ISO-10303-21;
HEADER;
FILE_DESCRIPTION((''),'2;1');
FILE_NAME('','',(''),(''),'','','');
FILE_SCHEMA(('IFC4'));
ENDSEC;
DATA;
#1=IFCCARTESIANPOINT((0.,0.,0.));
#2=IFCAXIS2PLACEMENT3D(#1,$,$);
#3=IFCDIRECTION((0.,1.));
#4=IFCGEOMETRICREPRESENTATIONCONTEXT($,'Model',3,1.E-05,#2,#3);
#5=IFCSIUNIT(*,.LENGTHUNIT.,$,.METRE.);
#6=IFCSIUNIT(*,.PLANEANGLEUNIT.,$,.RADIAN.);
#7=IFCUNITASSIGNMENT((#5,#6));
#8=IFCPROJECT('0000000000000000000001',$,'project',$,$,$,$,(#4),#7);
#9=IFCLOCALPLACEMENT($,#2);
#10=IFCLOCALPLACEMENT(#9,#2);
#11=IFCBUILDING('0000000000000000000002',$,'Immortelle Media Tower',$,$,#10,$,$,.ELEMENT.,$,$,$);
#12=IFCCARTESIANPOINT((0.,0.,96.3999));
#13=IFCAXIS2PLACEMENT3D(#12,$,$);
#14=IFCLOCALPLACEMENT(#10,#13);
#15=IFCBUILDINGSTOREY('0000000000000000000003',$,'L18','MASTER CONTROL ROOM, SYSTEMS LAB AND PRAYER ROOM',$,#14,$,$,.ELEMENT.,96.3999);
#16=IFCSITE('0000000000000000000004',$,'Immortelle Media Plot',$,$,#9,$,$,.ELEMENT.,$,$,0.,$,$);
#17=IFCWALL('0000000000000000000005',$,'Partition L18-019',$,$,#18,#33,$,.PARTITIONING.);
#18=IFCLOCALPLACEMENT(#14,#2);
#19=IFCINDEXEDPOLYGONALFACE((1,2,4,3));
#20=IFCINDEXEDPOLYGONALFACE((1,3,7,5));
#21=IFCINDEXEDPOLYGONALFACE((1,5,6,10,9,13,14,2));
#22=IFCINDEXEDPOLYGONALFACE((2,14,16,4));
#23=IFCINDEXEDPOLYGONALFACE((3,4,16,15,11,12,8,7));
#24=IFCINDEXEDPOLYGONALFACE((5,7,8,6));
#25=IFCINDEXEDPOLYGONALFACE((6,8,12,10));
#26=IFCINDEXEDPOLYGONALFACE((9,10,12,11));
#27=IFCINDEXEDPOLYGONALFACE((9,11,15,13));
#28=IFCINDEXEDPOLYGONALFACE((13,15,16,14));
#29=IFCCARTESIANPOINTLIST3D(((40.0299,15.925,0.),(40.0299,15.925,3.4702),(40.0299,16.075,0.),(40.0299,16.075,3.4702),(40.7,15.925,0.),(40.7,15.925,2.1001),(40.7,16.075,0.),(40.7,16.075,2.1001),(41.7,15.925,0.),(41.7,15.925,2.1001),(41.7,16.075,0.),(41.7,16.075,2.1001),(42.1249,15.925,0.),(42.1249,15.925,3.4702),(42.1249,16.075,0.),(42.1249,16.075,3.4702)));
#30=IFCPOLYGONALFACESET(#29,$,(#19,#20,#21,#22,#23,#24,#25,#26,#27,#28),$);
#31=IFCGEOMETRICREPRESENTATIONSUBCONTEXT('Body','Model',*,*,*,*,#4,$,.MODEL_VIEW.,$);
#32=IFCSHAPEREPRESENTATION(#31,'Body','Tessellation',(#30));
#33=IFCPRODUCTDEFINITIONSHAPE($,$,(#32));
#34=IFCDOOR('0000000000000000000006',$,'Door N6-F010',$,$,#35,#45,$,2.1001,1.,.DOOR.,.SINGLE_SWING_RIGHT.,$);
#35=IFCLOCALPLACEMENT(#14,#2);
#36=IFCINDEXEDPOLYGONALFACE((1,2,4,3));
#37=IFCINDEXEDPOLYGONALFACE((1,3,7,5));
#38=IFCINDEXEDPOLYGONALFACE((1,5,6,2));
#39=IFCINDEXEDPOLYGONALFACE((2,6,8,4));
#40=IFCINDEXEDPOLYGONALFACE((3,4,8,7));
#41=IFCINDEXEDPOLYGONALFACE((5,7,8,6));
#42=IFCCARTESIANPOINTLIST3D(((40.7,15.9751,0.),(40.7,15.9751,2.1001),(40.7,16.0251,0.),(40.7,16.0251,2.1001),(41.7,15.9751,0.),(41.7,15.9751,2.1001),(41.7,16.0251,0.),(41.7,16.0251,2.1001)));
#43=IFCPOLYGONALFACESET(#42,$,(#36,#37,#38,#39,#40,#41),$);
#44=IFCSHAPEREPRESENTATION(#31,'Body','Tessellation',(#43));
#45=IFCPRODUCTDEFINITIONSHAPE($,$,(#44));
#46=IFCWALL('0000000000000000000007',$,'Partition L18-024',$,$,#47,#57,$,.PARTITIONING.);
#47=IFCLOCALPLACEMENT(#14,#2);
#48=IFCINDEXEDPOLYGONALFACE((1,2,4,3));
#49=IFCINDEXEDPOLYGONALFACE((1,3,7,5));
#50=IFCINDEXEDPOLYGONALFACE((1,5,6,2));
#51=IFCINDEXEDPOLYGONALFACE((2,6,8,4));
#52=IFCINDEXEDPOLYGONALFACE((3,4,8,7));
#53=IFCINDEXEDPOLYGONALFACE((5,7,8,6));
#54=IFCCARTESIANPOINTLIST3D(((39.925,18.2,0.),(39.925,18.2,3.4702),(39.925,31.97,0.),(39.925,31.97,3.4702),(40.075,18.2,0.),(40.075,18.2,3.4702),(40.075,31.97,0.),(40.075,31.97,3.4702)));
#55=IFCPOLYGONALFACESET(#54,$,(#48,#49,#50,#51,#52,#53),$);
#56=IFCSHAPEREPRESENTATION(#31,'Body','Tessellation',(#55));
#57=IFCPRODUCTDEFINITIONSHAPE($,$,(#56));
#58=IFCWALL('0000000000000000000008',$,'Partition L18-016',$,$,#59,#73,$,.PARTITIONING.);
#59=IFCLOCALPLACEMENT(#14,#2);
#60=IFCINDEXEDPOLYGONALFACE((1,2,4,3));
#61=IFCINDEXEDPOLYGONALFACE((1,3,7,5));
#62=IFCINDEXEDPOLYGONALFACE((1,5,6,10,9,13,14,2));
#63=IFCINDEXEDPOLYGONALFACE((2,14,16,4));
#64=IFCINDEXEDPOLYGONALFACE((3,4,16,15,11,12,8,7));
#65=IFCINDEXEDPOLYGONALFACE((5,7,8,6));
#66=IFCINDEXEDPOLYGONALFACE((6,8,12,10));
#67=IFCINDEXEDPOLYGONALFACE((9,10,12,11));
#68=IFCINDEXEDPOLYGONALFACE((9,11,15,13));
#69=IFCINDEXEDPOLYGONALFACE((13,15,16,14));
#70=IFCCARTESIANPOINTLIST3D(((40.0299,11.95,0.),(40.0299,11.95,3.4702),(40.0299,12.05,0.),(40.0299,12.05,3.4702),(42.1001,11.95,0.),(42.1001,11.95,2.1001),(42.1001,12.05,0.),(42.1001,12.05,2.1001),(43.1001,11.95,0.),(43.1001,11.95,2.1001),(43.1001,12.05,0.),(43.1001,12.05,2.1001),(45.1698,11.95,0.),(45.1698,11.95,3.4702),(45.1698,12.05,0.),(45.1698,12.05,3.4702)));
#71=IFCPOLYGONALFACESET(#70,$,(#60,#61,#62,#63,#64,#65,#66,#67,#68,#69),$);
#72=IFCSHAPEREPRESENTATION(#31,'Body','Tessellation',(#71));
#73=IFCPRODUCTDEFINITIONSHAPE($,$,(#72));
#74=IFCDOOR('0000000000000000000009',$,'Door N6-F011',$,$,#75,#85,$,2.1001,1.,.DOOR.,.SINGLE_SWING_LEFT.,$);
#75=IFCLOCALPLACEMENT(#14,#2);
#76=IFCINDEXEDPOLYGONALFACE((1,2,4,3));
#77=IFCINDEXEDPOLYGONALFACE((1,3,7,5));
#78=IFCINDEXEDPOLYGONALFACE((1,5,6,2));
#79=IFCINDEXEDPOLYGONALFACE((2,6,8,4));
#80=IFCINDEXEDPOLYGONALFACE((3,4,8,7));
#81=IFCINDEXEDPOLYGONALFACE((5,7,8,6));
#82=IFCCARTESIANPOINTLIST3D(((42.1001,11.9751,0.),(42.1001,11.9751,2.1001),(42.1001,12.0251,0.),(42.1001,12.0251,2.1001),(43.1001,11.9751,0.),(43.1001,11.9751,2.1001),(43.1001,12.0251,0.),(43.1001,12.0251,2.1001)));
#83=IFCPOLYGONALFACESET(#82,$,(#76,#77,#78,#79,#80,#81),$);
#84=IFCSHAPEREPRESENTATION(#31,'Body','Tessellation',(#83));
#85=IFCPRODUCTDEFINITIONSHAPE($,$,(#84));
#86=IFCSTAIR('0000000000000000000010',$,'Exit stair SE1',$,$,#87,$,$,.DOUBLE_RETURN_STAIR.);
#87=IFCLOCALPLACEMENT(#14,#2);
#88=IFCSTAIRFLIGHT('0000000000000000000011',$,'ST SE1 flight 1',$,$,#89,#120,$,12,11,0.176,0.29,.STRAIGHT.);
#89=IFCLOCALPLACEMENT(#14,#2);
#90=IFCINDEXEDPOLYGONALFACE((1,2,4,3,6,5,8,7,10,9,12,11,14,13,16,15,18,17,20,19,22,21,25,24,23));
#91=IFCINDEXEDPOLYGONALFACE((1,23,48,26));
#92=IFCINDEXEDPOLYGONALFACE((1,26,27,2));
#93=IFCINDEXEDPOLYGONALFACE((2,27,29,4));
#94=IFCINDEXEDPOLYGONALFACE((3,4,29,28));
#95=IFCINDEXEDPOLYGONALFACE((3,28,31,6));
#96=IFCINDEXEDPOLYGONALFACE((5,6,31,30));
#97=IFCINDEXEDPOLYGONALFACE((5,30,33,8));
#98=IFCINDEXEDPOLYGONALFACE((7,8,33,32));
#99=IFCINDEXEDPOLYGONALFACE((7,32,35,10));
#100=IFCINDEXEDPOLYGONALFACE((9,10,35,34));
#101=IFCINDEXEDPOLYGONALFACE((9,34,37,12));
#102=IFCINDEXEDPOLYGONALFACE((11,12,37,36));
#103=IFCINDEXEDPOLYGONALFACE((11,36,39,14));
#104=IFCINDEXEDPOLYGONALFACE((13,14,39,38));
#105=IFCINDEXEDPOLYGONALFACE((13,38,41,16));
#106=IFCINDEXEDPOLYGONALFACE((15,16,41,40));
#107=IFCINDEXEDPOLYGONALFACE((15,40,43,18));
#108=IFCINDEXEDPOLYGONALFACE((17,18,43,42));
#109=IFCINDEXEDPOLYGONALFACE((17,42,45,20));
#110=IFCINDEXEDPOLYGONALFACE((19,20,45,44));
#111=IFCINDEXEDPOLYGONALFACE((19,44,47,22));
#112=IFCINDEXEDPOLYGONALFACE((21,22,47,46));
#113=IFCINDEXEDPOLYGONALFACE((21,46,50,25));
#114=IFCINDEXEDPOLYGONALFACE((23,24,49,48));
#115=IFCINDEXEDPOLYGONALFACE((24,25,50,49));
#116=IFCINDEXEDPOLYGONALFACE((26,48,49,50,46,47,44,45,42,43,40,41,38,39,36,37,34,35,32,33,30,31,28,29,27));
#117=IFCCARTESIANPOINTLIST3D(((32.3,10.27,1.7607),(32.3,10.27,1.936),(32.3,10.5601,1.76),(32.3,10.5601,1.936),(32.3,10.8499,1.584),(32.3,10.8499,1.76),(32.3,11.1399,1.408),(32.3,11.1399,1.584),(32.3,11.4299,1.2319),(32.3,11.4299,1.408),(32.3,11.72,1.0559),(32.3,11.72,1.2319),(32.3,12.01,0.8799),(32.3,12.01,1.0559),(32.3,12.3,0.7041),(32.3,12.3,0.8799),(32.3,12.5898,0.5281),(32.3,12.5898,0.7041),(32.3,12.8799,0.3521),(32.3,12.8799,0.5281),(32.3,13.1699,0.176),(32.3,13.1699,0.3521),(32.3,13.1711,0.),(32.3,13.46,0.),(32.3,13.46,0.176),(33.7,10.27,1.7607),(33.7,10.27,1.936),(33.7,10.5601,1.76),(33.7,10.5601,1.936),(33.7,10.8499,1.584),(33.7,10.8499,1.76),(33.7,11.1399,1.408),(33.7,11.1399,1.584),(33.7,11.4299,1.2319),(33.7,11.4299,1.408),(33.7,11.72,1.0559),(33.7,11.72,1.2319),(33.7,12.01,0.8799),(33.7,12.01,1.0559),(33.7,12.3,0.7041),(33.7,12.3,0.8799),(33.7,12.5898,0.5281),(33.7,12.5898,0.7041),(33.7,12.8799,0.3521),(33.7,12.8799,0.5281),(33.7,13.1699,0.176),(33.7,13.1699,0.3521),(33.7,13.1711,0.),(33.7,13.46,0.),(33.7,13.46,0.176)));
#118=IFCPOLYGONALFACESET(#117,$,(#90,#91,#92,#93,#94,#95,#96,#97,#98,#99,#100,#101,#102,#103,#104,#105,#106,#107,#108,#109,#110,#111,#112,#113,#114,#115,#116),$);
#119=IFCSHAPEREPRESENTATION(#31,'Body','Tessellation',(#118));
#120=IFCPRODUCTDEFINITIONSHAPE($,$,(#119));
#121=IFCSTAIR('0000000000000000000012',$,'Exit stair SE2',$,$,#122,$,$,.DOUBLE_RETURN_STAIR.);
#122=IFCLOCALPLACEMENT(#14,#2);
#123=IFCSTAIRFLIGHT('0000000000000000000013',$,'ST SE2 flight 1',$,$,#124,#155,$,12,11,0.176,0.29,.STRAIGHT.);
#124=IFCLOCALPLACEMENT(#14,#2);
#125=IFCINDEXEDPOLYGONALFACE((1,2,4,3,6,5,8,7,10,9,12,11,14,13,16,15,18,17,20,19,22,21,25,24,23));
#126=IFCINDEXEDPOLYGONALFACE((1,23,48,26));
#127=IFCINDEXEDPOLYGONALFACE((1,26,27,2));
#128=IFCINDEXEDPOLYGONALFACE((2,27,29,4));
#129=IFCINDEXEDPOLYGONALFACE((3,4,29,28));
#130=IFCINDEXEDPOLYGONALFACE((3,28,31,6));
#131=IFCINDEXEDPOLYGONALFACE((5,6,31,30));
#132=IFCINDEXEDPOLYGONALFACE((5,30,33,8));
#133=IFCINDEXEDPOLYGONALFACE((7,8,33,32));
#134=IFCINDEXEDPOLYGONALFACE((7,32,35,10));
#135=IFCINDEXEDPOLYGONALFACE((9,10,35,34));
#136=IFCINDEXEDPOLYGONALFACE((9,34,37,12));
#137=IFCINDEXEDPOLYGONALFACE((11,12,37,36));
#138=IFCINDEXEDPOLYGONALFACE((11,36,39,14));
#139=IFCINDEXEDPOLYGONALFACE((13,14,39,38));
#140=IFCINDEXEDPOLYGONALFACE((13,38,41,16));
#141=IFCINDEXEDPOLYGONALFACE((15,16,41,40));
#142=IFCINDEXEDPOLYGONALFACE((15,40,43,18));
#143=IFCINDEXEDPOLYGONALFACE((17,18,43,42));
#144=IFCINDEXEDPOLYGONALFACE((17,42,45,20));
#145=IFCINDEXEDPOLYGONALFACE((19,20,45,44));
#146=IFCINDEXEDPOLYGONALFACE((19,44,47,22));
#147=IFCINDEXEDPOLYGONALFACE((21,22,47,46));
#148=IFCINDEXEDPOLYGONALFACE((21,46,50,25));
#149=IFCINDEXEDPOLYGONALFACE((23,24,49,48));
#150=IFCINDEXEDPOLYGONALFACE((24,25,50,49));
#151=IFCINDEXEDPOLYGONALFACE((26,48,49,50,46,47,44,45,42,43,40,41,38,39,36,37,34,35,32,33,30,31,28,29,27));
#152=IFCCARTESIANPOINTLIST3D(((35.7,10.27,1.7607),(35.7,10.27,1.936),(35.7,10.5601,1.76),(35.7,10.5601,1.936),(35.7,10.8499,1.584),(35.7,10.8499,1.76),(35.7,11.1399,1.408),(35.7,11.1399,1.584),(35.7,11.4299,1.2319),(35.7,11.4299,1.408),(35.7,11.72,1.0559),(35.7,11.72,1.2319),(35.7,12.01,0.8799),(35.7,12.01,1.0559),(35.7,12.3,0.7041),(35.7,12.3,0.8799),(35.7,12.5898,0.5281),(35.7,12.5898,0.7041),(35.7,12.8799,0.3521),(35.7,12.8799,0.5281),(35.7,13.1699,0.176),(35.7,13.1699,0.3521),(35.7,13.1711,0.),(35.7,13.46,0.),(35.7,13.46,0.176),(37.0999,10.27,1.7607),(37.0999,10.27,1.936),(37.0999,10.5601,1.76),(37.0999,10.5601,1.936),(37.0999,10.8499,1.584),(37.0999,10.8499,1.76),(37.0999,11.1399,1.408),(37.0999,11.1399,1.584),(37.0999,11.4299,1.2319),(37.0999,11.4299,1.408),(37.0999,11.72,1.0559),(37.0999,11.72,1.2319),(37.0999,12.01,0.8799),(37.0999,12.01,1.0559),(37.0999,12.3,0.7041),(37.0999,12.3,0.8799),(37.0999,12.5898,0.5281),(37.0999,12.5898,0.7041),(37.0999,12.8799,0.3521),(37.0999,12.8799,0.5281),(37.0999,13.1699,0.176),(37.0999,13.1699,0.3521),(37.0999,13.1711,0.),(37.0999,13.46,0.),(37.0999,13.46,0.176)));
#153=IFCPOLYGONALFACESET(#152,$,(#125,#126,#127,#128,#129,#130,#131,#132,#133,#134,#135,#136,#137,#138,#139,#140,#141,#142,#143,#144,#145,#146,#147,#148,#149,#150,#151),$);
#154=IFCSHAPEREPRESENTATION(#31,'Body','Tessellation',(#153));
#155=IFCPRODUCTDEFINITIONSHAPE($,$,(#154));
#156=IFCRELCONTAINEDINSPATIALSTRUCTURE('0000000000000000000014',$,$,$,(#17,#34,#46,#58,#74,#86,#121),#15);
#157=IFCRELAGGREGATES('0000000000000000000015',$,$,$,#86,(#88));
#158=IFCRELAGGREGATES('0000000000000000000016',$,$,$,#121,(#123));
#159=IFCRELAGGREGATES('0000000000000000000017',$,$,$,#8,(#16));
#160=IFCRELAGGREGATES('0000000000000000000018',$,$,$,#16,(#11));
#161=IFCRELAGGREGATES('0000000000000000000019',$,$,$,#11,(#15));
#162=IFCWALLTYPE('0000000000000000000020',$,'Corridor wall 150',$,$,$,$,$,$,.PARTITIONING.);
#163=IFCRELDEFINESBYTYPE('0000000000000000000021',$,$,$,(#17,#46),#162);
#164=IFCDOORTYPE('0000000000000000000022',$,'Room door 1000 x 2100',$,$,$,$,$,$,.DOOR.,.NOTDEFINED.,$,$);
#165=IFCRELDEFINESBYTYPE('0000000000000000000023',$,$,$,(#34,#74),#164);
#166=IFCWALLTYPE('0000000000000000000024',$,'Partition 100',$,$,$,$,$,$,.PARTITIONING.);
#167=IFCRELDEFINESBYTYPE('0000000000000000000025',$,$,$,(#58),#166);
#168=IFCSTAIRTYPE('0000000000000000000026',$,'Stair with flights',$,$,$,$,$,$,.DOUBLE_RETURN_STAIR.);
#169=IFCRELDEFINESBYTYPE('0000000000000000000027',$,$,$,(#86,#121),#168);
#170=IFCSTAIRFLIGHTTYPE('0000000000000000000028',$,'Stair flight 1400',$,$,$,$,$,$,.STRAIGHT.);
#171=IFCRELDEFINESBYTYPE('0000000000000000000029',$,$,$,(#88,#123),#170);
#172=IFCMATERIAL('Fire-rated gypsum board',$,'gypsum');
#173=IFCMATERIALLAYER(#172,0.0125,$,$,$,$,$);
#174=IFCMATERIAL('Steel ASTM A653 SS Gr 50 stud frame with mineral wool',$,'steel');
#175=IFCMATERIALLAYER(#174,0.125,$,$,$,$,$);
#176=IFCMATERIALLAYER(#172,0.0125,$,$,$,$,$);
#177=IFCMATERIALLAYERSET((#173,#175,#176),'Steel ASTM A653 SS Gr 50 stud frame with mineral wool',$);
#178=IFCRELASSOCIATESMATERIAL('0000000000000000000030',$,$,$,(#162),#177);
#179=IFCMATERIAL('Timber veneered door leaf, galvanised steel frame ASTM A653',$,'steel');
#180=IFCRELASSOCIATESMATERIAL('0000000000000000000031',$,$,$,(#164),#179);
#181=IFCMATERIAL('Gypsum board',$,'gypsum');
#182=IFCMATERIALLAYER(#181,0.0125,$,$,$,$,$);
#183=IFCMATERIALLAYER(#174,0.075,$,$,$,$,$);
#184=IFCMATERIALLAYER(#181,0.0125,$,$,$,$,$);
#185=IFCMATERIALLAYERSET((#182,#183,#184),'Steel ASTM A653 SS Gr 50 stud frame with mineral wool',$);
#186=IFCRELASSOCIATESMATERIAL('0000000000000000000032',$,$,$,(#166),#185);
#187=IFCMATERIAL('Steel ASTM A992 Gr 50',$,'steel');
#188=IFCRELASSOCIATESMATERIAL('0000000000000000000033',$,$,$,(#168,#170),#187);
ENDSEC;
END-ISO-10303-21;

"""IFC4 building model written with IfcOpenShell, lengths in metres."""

from ifc_helpers import new_model, si_unit, direction, frame, frame_2d, origin, place, context, subcontext, project, spatial, polyline, rectangle, outline, extrude, material, layer, layer_set, type_object, element, fill, aggregate, save


model = new_model("IFC4")

# Units and contexts
model_context = context("Model", 3, precision=1e-05, world=origin(), true_north=direction((0.0, 1.0)))
body_context = subcontext(model_context, "Body", "Model", "MODEL_VIEW")
ifc_project = project(units=[si_unit("LENGTHUNIT", "METRE"), si_unit("PLANEANGLEUNIT", "RADIAN")], contexts=[model_context])

# Site, building, storey
site_placement = place(None, origin())
site = spatial("IfcSite", under=ifc_project, at=site_placement, Name="Immortelle Media Plot", CompositionType="ELEMENT", RefElevation=0.0)
building_placement = place(site_placement, origin())
building = spatial("IfcBuilding", under=site, at=building_placement, Name="Immortelle Media Tower", CompositionType="ELEMENT")
storey_placement = place(building_placement, frame((0.0, 0.0, 96.3999)))
storey = spatial("IfcBuildingStorey", under=building, at=storey_placement, Name="L18", Description="MASTER CONTROL ROOM, SYSTEMS LAB AND PRAYER ROOM", CompositionType="ELEMENT", Elevation=96.3999)

# Shared definitions
ifc_material_1 = material(Name="Steel ASTM A992 Gr 50", Category="steel")

# Wall, opening, door
ifc_material_2 = material(Name="Fire-rated gypsum board", Category="gypsum")
ifc_layer_1 = layer(ifc_material_2, 0.0125)
ifc_material_3 = material(Name="Steel ASTM A653 SS Gr 50 stud frame with mineral wool", Category="steel")
ifc_layer_2 = layer(ifc_material_3, 0.125)
ifc_layer_3 = layer(ifc_material_2, 0.0125)
ifc_layer_set_1 = layer_set([ifc_layer_1, ifc_layer_2, ifc_layer_3], Name="Steel ASTM A653 SS Gr 50 stud frame with mineral wool")
wall_type_1 = type_object("IfcWallType", Name="Corridor wall 150", PredefinedType="PARTITIONING", material=ifc_layer_set_1)
wall_1_placement = place(storey_placement, frame((40.03, 16.0, 0.0), z_axis=(0.0, 0.0, 1.0), x_axis=(1.0, 0.0, 0.0)))
wall_1 = element("IfcWall", 1, at=wall_1_placement, inside=storey, type_object=wall_type_1, Name="Partition L18-019", PredefinedType="PARTITIONING", context=body_context, shape_type="SweptSolid", body=[
    extrude(rectangle(XDim=2.095, YDim=0.1499, at=frame_2d((1.0474, 0.0))), origin(), (0.0, 0.0, 1.0), 3.4702),
])
opening_1_placement = place(wall_1_placement, frame((1.6699, 0.0, 0.0), z_axis=(0.0, 0.0, 1.0), x_axis=(-1.0, 0.0, 0.0)))
opening_1 = element("IfcOpeningElement", 2, at=opening_1_placement, cuts=wall_1, PredefinedType="OPENING", context=body_context, shape_type="SweptSolid", body=[
    extrude(rectangle(XDim=1.0, YDim=2.1001, at=frame_2d((0.5, 1.05))), frame((0.0, 0.085, 0.0), z_axis=(0.0, -1.0, 0.0), x_axis=(1.0, 0.0, 0.0)), (0.0, 0.0, 1.0), 0.1699),
])
ifc_material_4 = material(Name="Timber veneered door leaf, galvanised steel frame ASTM A653", Category="steel")
door_type = type_object("IfcDoorType", Name="Room door 1000 x 2100", OperationType="NOTDEFINED", PredefinedType="DOOR", material=ifc_material_4)
door_1_placement = place(opening_1_placement, origin())
door_1 = element("IfcDoor", 3, at=door_1_placement, inside=storey, type_object=door_type, Name="Door N6-F010", OperationType="SINGLE_SWING_RIGHT", OverallHeight=2.1001, OverallWidth=1.0, PredefinedType="DOOR", context=body_context, shape_type="SweptSolid", body=[
    extrude(rectangle(XDim=1.0, YDim=2.1001, at=frame_2d((0.5, 1.05))), frame((0.0, 0.0249, 0.0), z_axis=(0.0, -1.0, 0.0), x_axis=(1.0, 0.0, 0.0)), (0.0, 0.0, 1.0), 0.05),
])
fill(opening_1, door_1)

# Wall
wall_2_placement = place(storey_placement, frame((40.0, 18.2, 0.0), z_axis=(0.0, 0.0, 1.0), x_axis=(0.0, 1.0, 0.0)))
element("IfcWall", 4, at=wall_2_placement, inside=storey, type_object=wall_type_1, Name="Partition L18-024", PredefinedType="PARTITIONING", context=body_context, shape_type="SweptSolid", body=[
    extrude(rectangle(XDim=13.77, YDim=0.1499, at=frame_2d((6.885, 0.0))), origin(), (0.0, 0.0, 1.0), 3.4702),
])

# Wall, opening, door
ifc_material_5 = material(Name="Gypsum board", Category="gypsum")
ifc_layer_4 = layer(ifc_material_5, 0.0125)
ifc_layer_5 = layer(ifc_material_3, 0.075)
ifc_layer_6 = layer(ifc_material_5, 0.0125)
ifc_layer_set_2 = layer_set([ifc_layer_4, ifc_layer_5, ifc_layer_6], Name="Steel ASTM A653 SS Gr 50 stud frame with mineral wool")
wall_type_2 = type_object("IfcWallType", Name="Partition 100", PredefinedType="PARTITIONING", material=ifc_layer_set_2)
wall_3_placement = place(storey_placement, frame((40.03, 12.0, 0.0), z_axis=(0.0, 0.0, 1.0), x_axis=(1.0, 0.0, 0.0)))
wall_3 = element("IfcWall", 5, at=wall_3_placement, inside=storey, type_object=wall_type_2, Name="Partition L18-016", PredefinedType="PARTITIONING", context=body_context, shape_type="SweptSolid", body=[
    extrude(rectangle(XDim=5.1399, YDim=0.1001, at=frame_2d((2.5698, 0.0))), origin(), (0.0, 0.0, 1.0), 3.4702),
])
opening_2_placement = place(wall_3_placement, frame((3.0701, 0.0, 0.0), z_axis=(0.0, 0.0, 1.0), x_axis=(-1.0, 0.0, 0.0)))
opening_2 = element("IfcOpeningElement", 6, at=opening_2_placement, cuts=wall_3, PredefinedType="OPENING", context=body_context, shape_type="SweptSolid", body=[
    extrude(rectangle(XDim=1.0, YDim=2.1001, at=frame_2d((0.5, 1.05))), frame((0.0, 0.0601, 0.0), z_axis=(0.0, -1.0, 0.0), x_axis=(1.0, 0.0, 0.0)), (0.0, 0.0, 1.0), 0.1201),
])
door_2_placement = place(opening_2_placement, origin())
door_2 = element("IfcDoor", 7, at=door_2_placement, inside=storey, type_object=door_type, Name="Door N6-F011", OperationType="SINGLE_SWING_LEFT", OverallHeight=2.1001, OverallWidth=1.0, PredefinedType="DOOR", context=body_context, shape_type="SweptSolid", body=[
    extrude(rectangle(XDim=1.0, YDim=2.1001, at=frame_2d((0.5, 1.05))), frame((0.0, 0.0249, 0.0), z_axis=(0.0, -1.0, 0.0), x_axis=(1.0, 0.0, 0.0)), (0.0, 0.0, 1.0), 0.05),
])
fill(opening_2, door_2)

# Stairs, stair flights
stair_type = type_object("IfcStairType", Name="Stair with flights", PredefinedType="DOUBLE_RETURN_STAIR", material=ifc_material_1)
stair_1_placement = place(storey_placement, origin())
stair_1 = element("IfcStair", 8, at=stair_1_placement, inside=storey, type_object=stair_type, Name="Exit stair SE1", PredefinedType="DOUBLE_RETURN_STAIR")
stair_flight_type = type_object("IfcStairFlightType", Name="Stair flight 1400", PredefinedType="STRAIGHT", material=ifc_material_1)
stair_flight_1_placement = place(storey_placement, frame((33.0, 13.46, 0.0), z_axis=(0.0, 0.0, 1.0), x_axis=(0.0, -1.0, 0.0)))
stair_flight_1 = element("IfcStairFlight", 9, at=stair_flight_1_placement, type_object=stair_flight_type, Name="ST SE1 flight 1", NumberOfRisers=12, NumberOfTreads=11, PredefinedType="STRAIGHT", RiserHeight=0.176, TreadLength=0.29, context=body_context, shape_type="SweptSolid", body=[
    extrude(outline(polyline([(0.0, 0.0), (0.0, 0.176), (0.29, 0.176), (0.29, 0.3521), (0.5801, 0.3521), (0.5801, 0.5281), (0.8701, 0.5281), (0.8701, 0.7041), (1.1599, 0.7041), (1.1599, 0.8799), (1.45, 0.8799), (1.45, 1.0559), (1.74, 1.0559), (1.74, 1.2319), (2.03, 1.2319), (2.03, 1.408), (2.3201, 1.408), (2.3201, 1.584), (2.6101, 1.584), (2.6101, 1.76), (2.8999, 1.76), (2.8999, 1.936), (3.1899, 1.936), (3.1899, 2.1121), (3.1899, 1.7607), (0.2888, 0.0), (0.0, 0.0)])), frame((0.0, 0.7, 0.0), z_axis=(0.0, -1.0, 0.0), x_axis=(1.0, 0.0, 0.0)), (0.0, 0.0, 1.0), 1.3999),
])
aggregate(stair_1, [stair_flight_1])
stair_2_placement = place(storey_placement, origin())
stair_2 = element("IfcStair", 10, at=stair_2_placement, inside=storey, type_object=stair_type, Name="Exit stair SE2", PredefinedType="DOUBLE_RETURN_STAIR")
stair_flight_2_placement = place(storey_placement, frame((36.3999, 13.46, 0.0), z_axis=(0.0, 0.0, 1.0), x_axis=(0.0, -1.0, 0.0)))
stair_flight_2 = element("IfcStairFlight", 11, at=stair_flight_2_placement, type_object=stair_flight_type, Name="ST SE2 flight 1", NumberOfRisers=12, NumberOfTreads=11, PredefinedType="STRAIGHT", RiserHeight=0.176, TreadLength=0.29, context=body_context, shape_type="SweptSolid", body=[
    extrude(outline(polyline([(0.0, 0.0), (0.0, 0.176), (0.29, 0.176), (0.29, 0.3521), (0.5801, 0.3521), (0.5801, 0.5281), (0.8701, 0.5281), (0.8701, 0.7041), (1.1599, 0.7041), (1.1599, 0.8799), (1.45, 0.8799), (1.45, 1.0559), (1.74, 1.0559), (1.74, 1.2319), (2.03, 1.2319), (2.03, 1.408), (2.3201, 1.408), (2.3201, 1.584), (2.6101, 1.584), (2.6101, 1.76), (2.8999, 1.76), (2.8999, 1.936), (3.1899, 1.936), (3.1899, 2.1121), (3.1899, 1.7607), (0.2888, 0.0), (0.0, 0.0)])), frame((0.0, 0.7, 0.0), z_axis=(0.0, -1.0, 0.0), x_axis=(1.0, 0.0, 0.0)), (0.0, 0.0, 1.0), 1.3999),
])
aggregate(stair_2, [stair_flight_2])

save(model, "model.ifc")
